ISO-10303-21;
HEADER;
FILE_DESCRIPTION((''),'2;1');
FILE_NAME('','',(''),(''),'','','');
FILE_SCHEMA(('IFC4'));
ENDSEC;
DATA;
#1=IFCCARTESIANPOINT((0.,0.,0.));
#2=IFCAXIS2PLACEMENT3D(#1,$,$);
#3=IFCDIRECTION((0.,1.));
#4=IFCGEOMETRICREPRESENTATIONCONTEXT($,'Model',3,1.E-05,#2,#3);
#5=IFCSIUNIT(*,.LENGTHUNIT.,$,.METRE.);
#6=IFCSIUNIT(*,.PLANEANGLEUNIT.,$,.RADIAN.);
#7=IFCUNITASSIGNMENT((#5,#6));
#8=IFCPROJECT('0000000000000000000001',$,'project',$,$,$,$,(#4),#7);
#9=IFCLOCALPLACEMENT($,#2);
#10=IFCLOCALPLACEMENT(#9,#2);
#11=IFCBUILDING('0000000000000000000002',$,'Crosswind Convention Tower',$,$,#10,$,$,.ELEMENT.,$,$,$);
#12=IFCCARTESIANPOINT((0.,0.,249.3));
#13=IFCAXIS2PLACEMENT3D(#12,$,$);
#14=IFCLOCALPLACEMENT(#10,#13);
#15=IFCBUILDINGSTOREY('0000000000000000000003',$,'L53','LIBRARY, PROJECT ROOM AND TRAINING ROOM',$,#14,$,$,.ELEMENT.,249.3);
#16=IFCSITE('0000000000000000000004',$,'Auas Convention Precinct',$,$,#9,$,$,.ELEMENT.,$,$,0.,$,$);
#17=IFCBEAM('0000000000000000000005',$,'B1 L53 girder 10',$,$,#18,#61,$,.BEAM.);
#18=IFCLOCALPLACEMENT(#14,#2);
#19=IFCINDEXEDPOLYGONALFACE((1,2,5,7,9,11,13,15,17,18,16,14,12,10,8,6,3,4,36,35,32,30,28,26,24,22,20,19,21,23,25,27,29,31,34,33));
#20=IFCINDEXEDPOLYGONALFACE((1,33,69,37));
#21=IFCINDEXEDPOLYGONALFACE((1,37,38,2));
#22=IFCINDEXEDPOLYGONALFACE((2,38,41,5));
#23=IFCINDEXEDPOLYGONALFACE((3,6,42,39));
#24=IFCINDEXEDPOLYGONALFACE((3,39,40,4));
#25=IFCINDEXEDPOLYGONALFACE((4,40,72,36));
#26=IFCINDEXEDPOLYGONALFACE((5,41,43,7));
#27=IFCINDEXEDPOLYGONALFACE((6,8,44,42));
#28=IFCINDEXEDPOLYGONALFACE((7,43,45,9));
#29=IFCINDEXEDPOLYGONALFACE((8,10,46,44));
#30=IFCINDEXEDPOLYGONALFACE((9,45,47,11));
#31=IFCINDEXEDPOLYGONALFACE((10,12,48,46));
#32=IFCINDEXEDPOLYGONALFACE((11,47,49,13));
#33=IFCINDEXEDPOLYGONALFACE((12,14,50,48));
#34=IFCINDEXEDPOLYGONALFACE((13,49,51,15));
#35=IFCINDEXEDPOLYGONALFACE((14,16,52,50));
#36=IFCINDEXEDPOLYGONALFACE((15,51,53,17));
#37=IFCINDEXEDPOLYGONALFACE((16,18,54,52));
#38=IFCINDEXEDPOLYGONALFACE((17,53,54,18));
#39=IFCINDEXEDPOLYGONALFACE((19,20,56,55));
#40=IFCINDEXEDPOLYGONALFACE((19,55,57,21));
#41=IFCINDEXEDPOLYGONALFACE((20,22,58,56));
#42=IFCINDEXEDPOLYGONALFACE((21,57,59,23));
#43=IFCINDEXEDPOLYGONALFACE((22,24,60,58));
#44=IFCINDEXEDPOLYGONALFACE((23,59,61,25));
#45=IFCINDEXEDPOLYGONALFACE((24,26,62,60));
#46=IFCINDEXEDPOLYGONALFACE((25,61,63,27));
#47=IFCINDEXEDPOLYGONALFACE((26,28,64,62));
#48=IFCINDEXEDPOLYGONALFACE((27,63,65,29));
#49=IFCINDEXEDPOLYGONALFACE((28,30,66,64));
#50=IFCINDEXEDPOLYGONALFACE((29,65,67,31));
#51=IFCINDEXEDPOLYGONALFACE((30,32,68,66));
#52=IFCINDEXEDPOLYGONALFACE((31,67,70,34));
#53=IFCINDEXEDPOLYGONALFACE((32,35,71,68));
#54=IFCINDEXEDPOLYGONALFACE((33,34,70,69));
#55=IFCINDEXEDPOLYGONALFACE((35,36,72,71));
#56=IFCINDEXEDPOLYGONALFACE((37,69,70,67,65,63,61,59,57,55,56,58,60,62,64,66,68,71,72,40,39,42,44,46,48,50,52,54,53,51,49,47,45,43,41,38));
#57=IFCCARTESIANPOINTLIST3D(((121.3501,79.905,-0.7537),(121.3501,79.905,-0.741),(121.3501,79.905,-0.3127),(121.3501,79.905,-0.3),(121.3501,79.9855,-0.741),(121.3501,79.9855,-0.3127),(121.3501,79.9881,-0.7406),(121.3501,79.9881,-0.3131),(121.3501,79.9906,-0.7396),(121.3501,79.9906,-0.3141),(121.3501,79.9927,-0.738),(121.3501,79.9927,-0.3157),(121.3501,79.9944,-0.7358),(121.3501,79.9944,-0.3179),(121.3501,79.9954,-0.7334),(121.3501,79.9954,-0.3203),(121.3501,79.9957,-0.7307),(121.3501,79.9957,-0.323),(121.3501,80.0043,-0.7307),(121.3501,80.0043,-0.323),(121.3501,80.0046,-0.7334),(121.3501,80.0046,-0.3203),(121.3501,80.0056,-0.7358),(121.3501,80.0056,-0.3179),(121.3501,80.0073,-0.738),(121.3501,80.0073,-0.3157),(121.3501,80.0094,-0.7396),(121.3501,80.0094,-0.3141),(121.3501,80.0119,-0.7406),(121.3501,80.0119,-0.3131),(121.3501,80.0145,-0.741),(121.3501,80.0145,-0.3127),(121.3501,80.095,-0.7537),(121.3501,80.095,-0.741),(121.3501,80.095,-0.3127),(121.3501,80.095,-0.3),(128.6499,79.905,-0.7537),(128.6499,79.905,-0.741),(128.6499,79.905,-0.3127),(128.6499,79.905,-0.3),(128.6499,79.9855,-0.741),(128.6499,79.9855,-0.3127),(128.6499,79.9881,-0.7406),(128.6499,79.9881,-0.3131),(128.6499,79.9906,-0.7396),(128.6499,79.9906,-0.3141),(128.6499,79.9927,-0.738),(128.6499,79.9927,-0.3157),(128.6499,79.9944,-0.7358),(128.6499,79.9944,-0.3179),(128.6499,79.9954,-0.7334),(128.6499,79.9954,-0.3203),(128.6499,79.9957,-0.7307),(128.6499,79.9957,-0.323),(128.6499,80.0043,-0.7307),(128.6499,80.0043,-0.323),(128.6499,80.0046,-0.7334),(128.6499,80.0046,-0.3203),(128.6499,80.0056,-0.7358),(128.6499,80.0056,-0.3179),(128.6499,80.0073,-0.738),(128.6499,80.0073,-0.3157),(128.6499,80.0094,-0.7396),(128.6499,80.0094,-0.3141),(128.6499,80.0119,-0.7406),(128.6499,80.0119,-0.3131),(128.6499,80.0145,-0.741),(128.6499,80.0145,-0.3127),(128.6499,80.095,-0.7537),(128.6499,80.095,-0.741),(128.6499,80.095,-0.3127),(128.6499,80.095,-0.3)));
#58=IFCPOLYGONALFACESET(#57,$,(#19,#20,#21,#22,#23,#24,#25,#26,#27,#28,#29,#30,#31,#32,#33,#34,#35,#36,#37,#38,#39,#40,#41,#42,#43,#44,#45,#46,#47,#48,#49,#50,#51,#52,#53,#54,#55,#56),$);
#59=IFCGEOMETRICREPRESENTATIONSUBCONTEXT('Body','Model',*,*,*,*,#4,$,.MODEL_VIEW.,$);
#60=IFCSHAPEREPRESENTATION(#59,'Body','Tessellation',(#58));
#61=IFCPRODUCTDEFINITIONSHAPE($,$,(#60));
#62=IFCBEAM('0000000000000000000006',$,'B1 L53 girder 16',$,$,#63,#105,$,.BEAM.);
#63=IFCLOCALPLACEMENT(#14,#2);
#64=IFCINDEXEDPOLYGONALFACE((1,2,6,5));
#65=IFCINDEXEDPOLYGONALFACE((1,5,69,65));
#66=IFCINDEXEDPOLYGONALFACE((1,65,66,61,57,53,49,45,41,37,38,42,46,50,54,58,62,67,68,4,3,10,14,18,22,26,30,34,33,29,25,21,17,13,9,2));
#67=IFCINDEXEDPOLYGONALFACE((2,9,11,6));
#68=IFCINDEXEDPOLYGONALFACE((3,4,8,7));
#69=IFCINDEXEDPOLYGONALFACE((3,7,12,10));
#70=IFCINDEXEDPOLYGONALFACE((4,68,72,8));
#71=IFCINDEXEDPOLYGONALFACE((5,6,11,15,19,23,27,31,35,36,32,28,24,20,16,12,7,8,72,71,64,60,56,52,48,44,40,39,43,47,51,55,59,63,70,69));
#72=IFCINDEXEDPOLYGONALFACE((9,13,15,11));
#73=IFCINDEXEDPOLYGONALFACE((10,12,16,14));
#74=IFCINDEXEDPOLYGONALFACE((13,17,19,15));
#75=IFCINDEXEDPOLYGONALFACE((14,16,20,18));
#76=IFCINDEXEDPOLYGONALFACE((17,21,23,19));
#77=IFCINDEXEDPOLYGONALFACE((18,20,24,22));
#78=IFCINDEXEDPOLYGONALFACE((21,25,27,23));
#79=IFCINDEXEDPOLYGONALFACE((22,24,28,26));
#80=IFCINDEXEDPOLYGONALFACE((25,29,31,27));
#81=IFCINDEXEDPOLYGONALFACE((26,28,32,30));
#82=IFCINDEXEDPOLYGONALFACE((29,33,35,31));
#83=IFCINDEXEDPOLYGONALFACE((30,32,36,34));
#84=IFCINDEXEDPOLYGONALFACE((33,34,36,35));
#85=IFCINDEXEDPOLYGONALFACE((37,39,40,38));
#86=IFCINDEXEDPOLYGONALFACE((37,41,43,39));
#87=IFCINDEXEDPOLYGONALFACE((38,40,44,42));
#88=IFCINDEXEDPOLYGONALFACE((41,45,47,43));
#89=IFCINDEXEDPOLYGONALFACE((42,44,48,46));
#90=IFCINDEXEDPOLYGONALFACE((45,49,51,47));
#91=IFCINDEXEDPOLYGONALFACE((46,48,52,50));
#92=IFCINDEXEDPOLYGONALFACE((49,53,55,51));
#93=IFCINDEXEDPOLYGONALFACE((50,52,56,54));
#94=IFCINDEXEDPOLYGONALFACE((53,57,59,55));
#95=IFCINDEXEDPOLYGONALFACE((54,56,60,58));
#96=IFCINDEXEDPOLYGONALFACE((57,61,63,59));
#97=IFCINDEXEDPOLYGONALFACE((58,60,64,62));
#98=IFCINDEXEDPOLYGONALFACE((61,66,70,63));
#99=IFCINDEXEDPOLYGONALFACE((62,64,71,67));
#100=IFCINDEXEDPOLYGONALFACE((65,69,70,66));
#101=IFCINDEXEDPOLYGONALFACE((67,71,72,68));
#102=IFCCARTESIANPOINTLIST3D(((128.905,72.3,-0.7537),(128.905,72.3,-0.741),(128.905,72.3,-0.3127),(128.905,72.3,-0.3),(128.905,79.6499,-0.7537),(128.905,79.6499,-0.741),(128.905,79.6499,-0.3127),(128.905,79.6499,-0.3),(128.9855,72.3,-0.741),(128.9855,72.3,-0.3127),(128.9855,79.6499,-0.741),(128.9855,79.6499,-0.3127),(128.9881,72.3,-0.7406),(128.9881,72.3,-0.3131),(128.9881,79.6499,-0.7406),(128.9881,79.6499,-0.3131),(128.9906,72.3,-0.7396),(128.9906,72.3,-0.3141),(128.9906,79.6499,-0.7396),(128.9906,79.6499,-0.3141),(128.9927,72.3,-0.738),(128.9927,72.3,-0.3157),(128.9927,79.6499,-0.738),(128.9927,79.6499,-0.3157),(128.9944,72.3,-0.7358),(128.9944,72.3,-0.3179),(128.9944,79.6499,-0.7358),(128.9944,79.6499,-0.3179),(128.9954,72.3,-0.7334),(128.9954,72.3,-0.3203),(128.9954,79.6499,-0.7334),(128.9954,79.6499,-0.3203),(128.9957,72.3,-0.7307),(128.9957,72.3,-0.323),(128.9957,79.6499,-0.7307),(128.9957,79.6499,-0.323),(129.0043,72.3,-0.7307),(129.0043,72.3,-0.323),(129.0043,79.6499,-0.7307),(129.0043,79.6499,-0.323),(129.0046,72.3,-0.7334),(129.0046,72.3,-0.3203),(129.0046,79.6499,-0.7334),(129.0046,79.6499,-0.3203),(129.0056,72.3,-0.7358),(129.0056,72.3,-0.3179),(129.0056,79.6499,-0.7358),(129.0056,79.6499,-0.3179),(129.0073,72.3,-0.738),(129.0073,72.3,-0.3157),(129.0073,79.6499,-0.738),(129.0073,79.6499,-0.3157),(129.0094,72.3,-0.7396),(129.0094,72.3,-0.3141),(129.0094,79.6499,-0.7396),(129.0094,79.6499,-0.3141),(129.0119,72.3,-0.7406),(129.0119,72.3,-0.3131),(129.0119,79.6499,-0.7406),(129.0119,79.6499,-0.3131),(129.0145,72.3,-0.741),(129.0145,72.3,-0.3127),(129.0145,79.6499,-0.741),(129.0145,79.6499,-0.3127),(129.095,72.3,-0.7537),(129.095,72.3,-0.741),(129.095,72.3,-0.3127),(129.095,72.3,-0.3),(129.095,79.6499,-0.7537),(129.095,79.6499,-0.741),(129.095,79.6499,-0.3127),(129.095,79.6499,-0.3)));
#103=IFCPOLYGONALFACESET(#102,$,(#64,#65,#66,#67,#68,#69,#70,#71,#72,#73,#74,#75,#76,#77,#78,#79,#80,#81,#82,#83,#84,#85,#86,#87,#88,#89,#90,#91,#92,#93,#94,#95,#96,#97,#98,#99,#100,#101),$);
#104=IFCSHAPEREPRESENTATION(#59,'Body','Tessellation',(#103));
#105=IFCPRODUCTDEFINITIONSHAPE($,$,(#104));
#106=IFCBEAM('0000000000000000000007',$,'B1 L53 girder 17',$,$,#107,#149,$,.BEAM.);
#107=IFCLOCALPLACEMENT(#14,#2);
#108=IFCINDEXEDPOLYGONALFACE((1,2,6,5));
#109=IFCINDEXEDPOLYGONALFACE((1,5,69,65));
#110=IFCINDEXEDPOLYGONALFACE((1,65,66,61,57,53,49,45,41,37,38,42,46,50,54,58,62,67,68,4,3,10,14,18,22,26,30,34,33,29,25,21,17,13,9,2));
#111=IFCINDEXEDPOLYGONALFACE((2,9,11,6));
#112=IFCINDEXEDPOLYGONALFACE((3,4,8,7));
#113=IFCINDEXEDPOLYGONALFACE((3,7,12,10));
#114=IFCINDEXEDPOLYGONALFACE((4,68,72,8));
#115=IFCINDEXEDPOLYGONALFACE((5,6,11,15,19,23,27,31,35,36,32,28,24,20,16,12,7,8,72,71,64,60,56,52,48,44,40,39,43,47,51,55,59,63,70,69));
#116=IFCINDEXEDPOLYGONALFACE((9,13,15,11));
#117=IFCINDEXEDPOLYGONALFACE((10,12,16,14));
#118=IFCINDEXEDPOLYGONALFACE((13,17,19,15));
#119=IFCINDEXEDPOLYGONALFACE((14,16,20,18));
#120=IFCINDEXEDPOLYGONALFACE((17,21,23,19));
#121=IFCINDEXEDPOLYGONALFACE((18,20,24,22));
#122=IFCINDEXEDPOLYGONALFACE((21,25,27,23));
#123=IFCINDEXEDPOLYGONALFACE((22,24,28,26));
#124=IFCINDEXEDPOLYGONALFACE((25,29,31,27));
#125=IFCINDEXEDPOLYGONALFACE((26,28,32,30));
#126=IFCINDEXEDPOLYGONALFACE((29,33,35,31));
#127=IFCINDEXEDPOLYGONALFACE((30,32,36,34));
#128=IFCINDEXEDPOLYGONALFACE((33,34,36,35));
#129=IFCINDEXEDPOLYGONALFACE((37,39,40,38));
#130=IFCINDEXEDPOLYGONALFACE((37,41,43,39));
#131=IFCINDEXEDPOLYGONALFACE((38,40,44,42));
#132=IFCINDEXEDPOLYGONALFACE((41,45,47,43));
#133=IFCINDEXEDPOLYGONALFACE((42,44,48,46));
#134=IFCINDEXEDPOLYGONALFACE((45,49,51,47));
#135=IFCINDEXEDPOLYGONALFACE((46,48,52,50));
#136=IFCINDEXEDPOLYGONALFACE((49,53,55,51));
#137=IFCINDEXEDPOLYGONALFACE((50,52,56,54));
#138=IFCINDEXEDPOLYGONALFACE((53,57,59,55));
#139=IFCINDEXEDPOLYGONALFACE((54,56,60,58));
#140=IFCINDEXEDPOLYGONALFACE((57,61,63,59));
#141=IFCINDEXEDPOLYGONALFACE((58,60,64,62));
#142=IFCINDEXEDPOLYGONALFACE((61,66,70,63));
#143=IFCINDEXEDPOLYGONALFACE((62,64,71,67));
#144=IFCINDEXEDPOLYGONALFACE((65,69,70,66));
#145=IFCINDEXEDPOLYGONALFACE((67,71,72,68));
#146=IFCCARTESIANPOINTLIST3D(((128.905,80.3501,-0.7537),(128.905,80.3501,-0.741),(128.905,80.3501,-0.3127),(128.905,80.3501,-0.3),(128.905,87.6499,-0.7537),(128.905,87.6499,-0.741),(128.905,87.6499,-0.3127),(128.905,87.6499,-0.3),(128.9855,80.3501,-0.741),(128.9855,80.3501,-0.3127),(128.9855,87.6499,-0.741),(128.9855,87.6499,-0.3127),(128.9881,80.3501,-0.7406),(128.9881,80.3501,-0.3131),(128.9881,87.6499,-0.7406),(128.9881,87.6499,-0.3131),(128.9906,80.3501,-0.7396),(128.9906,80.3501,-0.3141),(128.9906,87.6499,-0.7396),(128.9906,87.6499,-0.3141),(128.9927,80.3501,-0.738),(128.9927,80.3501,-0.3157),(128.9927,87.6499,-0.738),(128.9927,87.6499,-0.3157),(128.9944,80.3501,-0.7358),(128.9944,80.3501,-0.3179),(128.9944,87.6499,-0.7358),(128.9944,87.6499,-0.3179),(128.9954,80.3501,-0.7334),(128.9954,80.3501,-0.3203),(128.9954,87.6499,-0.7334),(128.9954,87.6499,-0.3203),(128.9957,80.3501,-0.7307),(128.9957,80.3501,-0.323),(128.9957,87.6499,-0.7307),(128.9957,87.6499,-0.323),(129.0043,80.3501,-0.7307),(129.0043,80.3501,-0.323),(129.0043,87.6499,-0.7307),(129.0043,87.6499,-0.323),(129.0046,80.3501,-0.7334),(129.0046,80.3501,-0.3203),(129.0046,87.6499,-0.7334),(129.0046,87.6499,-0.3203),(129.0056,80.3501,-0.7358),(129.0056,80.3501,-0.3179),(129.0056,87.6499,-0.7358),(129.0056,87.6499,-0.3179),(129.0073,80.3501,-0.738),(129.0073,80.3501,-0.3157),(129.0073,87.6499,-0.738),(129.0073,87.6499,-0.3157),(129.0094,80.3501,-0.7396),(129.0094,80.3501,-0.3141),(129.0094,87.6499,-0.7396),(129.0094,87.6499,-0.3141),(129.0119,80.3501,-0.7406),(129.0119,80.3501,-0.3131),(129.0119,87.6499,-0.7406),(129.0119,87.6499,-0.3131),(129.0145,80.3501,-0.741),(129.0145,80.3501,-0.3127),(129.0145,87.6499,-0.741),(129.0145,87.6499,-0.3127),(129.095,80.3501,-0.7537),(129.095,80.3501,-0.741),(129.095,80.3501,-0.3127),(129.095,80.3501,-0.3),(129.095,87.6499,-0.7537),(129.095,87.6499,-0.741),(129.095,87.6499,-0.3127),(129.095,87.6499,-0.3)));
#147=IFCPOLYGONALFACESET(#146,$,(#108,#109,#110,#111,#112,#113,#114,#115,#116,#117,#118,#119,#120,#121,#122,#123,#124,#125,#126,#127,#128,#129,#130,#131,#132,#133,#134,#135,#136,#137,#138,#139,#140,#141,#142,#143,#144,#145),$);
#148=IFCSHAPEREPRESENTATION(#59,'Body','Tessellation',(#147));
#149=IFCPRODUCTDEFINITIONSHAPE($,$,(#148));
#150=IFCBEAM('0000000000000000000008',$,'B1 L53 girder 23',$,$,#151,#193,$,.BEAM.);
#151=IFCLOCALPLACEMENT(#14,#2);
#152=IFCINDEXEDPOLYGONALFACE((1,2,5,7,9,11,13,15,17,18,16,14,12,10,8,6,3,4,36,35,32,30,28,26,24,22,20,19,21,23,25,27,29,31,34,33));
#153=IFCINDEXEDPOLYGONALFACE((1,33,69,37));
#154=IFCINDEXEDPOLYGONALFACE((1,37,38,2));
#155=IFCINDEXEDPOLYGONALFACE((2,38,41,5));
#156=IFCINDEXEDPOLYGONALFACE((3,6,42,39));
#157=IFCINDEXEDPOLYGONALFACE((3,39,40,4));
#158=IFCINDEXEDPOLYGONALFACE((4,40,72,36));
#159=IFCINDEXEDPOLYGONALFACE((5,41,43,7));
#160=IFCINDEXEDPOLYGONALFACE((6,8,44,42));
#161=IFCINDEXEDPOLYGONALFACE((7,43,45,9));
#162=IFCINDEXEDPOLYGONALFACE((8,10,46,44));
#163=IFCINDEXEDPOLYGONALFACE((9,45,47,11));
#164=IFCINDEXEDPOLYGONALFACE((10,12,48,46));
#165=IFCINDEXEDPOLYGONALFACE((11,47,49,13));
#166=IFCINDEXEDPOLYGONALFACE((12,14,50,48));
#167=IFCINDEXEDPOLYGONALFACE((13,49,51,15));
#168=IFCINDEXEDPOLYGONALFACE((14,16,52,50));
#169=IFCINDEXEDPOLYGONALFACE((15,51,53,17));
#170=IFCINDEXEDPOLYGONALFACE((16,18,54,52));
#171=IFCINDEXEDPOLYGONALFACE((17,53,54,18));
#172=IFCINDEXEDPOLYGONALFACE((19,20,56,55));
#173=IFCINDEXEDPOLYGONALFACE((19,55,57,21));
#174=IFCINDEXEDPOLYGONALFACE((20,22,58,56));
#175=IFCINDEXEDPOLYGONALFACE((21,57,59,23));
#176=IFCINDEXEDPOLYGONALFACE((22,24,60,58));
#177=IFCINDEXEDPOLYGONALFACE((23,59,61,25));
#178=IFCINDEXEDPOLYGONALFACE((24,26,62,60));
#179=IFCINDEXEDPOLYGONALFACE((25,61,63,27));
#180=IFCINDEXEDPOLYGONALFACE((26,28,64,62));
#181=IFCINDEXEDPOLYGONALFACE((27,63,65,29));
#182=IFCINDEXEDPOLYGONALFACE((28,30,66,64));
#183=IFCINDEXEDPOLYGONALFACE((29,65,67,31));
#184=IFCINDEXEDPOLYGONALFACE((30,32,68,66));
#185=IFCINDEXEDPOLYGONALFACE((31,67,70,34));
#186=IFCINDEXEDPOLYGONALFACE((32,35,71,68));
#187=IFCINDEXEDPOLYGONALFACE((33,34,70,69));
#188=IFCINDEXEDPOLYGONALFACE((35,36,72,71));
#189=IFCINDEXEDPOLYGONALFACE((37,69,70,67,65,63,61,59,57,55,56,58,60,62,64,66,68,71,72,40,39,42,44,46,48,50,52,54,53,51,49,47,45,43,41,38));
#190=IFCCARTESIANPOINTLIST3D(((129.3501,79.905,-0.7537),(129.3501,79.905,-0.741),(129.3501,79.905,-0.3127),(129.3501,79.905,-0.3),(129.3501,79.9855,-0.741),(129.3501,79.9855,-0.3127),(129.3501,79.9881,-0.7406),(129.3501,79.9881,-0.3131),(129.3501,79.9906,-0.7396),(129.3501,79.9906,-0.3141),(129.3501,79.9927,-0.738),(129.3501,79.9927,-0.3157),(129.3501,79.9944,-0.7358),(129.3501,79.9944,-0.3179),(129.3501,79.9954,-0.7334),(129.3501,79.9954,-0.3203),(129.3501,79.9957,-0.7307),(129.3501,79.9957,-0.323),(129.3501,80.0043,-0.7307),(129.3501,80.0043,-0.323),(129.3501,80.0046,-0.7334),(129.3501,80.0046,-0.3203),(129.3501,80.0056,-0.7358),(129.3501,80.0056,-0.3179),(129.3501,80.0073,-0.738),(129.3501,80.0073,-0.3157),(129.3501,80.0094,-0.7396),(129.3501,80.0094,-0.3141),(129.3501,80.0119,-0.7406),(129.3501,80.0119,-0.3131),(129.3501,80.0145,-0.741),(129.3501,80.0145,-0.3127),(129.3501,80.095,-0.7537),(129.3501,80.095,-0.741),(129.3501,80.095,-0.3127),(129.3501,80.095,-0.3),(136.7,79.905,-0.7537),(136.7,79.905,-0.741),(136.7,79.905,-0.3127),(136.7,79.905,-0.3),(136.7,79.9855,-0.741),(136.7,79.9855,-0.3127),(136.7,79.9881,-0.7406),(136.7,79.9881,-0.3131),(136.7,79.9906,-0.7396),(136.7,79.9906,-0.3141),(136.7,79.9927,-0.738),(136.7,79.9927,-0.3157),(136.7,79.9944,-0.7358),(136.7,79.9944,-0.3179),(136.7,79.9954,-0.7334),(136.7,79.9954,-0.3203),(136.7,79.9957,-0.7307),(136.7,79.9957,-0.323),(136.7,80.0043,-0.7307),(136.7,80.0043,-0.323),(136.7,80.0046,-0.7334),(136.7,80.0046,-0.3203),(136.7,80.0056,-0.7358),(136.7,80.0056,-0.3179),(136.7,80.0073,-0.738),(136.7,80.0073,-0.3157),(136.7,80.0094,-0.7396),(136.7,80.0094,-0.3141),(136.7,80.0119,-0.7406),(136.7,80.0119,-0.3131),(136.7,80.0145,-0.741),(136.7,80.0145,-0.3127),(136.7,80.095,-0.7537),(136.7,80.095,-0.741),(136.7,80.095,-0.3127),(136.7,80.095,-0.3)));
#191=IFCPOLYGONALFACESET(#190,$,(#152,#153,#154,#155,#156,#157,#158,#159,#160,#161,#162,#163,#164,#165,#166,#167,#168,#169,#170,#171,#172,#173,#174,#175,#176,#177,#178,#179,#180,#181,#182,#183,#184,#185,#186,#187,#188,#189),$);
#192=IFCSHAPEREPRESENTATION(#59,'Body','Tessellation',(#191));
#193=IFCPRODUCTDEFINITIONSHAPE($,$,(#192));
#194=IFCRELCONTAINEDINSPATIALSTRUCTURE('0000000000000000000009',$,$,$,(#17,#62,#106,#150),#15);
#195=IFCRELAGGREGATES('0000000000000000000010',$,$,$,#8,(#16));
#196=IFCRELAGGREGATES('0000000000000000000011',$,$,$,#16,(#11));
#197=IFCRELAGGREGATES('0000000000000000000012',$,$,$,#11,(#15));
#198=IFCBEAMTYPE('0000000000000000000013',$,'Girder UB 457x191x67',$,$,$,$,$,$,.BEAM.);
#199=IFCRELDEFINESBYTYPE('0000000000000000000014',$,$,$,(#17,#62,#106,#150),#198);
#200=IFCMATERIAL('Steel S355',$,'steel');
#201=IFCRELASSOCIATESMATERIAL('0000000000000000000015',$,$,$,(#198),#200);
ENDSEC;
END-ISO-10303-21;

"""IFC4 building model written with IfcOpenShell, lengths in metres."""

from ifc_helpers import new_model, si_unit, direction, frame, origin, origin_2d, place, context, subcontext, project, spatial, i_section, extrude, material, material_profile, profile_set, type_object, element, save


model = new_model("IFC4")

# Units and contexts
model_context = context("Model", 3, precision=1e-05, world=origin(), true_north=direction((0.0, 1.0)))
body_context = subcontext(model_context, "Body", "Model", "MODEL_VIEW")
ifc_project = project(units=[si_unit("LENGTHUNIT", "METRE"), si_unit("PLANEANGLEUNIT", "RADIAN")], contexts=[model_context])

# Site, building, storey
site_placement = place(None, origin())
site = spatial("IfcSite", under=ifc_project, at=site_placement, Name="Auas Convention Precinct", CompositionType="ELEMENT", RefElevation=0.0)
building_placement = place(site_placement, origin())
building = spatial("IfcBuilding", under=site, at=building_placement, Name="Crosswind Convention Tower", CompositionType="ELEMENT")
storey_placement = place(building_placement, frame((0.0, 0.0, 249.3)))
storey = spatial("IfcBuildingStorey", under=building, at=storey_placement, Name="L53", Description="LIBRARY, PROJECT ROOM AND TRAINING ROOM", CompositionType="ELEMENT", Elevation=249.3)

# Beams
ifc_material_1 = material(Name="Steel S355", Category="steel")
ifc_material_profile_1 = material_profile(ifc_material_1, i_section(OverallWidth=0.1899, OverallDepth=0.4536, WebThickness=0.0085, FlangeThickness=0.0127, FilletRadius=0.0103, at=origin_2d()), Name="UB 457x191x67")
ifc_profile_set_1 = profile_set([ifc_material_profile_1], Name="Steel S355")
beam_type_1 = type_object("IfcBeamType", Name="Girder UB 457x191x67", PredefinedType="BEAM", material=ifc_profile_set_1)
beam_1_placement = place(storey_placement, frame((121.3501, 80.0, -0.5269), z_axis=(1.0, 0.0, 0.0), x_axis=(0.0, 1.0, 0.0)))
element("IfcBeam", 1, at=beam_1_placement, inside=storey, type_object=beam_type_1, Name="B1 L53 girder 10", PredefinedType="BEAM", context=body_context, shape_type="SweptSolid", body=[
    extrude(i_section(OverallWidth=0.1899, OverallDepth=0.4536, WebThickness=0.0085, FlangeThickness=0.0127, FilletRadius=0.0103, at=origin_2d()), origin(), (0.0, 0.0, 1.0), 7.2998),
])
beam_2_placement = place(storey_placement, frame((129.0, 72.3, -0.5269), z_axis=(0.0, 1.0, 0.0), x_axis=(-1.0, 0.0, 0.0)))
element("IfcBeam", 2, at=beam_2_placement, inside=storey, type_object=beam_type_1, Name="B1 L53 girder 16", PredefinedType="BEAM", context=body_context, shape_type="SweptSolid", body=[
    extrude(i_section(OverallWidth=0.1899, OverallDepth=0.4536, WebThickness=0.0085, FlangeThickness=0.0127, FilletRadius=0.0103, at=origin_2d()), origin(), (0.0, 0.0, 1.0), 7.3499),
])
beam_3_placement = place(storey_placement, frame((129.0, 80.3501, -0.5269), z_axis=(0.0, 1.0, 0.0), x_axis=(-1.0, 0.0, 0.0)))
element("IfcBeam", 3, at=beam_3_placement, inside=storey, type_object=beam_type_1, Name="B1 L53 girder 17", PredefinedType="BEAM", context=body_context, shape_type="SweptSolid", body=[
    extrude(i_section(OverallWidth=0.1899, OverallDepth=0.4536, WebThickness=0.0085, FlangeThickness=0.0127, FilletRadius=0.0103, at=origin_2d()), origin(), (0.0, 0.0, 1.0), 7.2998),
])
beam_4_placement = place(storey_placement, frame((129.3501, 80.0, -0.5269), z_axis=(1.0, 0.0, 0.0), x_axis=(0.0, 1.0, 0.0)))
element("IfcBeam", 4, at=beam_4_placement, inside=storey, type_object=beam_type_1, Name="B1 L53 girder 23", PredefinedType="BEAM", context=body_context, shape_type="SweptSolid", body=[
    extrude(i_section(OverallWidth=0.1899, OverallDepth=0.4536, WebThickness=0.0085, FlangeThickness=0.0127, FilletRadius=0.0103, at=origin_2d()), origin(), (0.0, 0.0, 1.0), 7.3499),
])

save(model, "model.ifc")
